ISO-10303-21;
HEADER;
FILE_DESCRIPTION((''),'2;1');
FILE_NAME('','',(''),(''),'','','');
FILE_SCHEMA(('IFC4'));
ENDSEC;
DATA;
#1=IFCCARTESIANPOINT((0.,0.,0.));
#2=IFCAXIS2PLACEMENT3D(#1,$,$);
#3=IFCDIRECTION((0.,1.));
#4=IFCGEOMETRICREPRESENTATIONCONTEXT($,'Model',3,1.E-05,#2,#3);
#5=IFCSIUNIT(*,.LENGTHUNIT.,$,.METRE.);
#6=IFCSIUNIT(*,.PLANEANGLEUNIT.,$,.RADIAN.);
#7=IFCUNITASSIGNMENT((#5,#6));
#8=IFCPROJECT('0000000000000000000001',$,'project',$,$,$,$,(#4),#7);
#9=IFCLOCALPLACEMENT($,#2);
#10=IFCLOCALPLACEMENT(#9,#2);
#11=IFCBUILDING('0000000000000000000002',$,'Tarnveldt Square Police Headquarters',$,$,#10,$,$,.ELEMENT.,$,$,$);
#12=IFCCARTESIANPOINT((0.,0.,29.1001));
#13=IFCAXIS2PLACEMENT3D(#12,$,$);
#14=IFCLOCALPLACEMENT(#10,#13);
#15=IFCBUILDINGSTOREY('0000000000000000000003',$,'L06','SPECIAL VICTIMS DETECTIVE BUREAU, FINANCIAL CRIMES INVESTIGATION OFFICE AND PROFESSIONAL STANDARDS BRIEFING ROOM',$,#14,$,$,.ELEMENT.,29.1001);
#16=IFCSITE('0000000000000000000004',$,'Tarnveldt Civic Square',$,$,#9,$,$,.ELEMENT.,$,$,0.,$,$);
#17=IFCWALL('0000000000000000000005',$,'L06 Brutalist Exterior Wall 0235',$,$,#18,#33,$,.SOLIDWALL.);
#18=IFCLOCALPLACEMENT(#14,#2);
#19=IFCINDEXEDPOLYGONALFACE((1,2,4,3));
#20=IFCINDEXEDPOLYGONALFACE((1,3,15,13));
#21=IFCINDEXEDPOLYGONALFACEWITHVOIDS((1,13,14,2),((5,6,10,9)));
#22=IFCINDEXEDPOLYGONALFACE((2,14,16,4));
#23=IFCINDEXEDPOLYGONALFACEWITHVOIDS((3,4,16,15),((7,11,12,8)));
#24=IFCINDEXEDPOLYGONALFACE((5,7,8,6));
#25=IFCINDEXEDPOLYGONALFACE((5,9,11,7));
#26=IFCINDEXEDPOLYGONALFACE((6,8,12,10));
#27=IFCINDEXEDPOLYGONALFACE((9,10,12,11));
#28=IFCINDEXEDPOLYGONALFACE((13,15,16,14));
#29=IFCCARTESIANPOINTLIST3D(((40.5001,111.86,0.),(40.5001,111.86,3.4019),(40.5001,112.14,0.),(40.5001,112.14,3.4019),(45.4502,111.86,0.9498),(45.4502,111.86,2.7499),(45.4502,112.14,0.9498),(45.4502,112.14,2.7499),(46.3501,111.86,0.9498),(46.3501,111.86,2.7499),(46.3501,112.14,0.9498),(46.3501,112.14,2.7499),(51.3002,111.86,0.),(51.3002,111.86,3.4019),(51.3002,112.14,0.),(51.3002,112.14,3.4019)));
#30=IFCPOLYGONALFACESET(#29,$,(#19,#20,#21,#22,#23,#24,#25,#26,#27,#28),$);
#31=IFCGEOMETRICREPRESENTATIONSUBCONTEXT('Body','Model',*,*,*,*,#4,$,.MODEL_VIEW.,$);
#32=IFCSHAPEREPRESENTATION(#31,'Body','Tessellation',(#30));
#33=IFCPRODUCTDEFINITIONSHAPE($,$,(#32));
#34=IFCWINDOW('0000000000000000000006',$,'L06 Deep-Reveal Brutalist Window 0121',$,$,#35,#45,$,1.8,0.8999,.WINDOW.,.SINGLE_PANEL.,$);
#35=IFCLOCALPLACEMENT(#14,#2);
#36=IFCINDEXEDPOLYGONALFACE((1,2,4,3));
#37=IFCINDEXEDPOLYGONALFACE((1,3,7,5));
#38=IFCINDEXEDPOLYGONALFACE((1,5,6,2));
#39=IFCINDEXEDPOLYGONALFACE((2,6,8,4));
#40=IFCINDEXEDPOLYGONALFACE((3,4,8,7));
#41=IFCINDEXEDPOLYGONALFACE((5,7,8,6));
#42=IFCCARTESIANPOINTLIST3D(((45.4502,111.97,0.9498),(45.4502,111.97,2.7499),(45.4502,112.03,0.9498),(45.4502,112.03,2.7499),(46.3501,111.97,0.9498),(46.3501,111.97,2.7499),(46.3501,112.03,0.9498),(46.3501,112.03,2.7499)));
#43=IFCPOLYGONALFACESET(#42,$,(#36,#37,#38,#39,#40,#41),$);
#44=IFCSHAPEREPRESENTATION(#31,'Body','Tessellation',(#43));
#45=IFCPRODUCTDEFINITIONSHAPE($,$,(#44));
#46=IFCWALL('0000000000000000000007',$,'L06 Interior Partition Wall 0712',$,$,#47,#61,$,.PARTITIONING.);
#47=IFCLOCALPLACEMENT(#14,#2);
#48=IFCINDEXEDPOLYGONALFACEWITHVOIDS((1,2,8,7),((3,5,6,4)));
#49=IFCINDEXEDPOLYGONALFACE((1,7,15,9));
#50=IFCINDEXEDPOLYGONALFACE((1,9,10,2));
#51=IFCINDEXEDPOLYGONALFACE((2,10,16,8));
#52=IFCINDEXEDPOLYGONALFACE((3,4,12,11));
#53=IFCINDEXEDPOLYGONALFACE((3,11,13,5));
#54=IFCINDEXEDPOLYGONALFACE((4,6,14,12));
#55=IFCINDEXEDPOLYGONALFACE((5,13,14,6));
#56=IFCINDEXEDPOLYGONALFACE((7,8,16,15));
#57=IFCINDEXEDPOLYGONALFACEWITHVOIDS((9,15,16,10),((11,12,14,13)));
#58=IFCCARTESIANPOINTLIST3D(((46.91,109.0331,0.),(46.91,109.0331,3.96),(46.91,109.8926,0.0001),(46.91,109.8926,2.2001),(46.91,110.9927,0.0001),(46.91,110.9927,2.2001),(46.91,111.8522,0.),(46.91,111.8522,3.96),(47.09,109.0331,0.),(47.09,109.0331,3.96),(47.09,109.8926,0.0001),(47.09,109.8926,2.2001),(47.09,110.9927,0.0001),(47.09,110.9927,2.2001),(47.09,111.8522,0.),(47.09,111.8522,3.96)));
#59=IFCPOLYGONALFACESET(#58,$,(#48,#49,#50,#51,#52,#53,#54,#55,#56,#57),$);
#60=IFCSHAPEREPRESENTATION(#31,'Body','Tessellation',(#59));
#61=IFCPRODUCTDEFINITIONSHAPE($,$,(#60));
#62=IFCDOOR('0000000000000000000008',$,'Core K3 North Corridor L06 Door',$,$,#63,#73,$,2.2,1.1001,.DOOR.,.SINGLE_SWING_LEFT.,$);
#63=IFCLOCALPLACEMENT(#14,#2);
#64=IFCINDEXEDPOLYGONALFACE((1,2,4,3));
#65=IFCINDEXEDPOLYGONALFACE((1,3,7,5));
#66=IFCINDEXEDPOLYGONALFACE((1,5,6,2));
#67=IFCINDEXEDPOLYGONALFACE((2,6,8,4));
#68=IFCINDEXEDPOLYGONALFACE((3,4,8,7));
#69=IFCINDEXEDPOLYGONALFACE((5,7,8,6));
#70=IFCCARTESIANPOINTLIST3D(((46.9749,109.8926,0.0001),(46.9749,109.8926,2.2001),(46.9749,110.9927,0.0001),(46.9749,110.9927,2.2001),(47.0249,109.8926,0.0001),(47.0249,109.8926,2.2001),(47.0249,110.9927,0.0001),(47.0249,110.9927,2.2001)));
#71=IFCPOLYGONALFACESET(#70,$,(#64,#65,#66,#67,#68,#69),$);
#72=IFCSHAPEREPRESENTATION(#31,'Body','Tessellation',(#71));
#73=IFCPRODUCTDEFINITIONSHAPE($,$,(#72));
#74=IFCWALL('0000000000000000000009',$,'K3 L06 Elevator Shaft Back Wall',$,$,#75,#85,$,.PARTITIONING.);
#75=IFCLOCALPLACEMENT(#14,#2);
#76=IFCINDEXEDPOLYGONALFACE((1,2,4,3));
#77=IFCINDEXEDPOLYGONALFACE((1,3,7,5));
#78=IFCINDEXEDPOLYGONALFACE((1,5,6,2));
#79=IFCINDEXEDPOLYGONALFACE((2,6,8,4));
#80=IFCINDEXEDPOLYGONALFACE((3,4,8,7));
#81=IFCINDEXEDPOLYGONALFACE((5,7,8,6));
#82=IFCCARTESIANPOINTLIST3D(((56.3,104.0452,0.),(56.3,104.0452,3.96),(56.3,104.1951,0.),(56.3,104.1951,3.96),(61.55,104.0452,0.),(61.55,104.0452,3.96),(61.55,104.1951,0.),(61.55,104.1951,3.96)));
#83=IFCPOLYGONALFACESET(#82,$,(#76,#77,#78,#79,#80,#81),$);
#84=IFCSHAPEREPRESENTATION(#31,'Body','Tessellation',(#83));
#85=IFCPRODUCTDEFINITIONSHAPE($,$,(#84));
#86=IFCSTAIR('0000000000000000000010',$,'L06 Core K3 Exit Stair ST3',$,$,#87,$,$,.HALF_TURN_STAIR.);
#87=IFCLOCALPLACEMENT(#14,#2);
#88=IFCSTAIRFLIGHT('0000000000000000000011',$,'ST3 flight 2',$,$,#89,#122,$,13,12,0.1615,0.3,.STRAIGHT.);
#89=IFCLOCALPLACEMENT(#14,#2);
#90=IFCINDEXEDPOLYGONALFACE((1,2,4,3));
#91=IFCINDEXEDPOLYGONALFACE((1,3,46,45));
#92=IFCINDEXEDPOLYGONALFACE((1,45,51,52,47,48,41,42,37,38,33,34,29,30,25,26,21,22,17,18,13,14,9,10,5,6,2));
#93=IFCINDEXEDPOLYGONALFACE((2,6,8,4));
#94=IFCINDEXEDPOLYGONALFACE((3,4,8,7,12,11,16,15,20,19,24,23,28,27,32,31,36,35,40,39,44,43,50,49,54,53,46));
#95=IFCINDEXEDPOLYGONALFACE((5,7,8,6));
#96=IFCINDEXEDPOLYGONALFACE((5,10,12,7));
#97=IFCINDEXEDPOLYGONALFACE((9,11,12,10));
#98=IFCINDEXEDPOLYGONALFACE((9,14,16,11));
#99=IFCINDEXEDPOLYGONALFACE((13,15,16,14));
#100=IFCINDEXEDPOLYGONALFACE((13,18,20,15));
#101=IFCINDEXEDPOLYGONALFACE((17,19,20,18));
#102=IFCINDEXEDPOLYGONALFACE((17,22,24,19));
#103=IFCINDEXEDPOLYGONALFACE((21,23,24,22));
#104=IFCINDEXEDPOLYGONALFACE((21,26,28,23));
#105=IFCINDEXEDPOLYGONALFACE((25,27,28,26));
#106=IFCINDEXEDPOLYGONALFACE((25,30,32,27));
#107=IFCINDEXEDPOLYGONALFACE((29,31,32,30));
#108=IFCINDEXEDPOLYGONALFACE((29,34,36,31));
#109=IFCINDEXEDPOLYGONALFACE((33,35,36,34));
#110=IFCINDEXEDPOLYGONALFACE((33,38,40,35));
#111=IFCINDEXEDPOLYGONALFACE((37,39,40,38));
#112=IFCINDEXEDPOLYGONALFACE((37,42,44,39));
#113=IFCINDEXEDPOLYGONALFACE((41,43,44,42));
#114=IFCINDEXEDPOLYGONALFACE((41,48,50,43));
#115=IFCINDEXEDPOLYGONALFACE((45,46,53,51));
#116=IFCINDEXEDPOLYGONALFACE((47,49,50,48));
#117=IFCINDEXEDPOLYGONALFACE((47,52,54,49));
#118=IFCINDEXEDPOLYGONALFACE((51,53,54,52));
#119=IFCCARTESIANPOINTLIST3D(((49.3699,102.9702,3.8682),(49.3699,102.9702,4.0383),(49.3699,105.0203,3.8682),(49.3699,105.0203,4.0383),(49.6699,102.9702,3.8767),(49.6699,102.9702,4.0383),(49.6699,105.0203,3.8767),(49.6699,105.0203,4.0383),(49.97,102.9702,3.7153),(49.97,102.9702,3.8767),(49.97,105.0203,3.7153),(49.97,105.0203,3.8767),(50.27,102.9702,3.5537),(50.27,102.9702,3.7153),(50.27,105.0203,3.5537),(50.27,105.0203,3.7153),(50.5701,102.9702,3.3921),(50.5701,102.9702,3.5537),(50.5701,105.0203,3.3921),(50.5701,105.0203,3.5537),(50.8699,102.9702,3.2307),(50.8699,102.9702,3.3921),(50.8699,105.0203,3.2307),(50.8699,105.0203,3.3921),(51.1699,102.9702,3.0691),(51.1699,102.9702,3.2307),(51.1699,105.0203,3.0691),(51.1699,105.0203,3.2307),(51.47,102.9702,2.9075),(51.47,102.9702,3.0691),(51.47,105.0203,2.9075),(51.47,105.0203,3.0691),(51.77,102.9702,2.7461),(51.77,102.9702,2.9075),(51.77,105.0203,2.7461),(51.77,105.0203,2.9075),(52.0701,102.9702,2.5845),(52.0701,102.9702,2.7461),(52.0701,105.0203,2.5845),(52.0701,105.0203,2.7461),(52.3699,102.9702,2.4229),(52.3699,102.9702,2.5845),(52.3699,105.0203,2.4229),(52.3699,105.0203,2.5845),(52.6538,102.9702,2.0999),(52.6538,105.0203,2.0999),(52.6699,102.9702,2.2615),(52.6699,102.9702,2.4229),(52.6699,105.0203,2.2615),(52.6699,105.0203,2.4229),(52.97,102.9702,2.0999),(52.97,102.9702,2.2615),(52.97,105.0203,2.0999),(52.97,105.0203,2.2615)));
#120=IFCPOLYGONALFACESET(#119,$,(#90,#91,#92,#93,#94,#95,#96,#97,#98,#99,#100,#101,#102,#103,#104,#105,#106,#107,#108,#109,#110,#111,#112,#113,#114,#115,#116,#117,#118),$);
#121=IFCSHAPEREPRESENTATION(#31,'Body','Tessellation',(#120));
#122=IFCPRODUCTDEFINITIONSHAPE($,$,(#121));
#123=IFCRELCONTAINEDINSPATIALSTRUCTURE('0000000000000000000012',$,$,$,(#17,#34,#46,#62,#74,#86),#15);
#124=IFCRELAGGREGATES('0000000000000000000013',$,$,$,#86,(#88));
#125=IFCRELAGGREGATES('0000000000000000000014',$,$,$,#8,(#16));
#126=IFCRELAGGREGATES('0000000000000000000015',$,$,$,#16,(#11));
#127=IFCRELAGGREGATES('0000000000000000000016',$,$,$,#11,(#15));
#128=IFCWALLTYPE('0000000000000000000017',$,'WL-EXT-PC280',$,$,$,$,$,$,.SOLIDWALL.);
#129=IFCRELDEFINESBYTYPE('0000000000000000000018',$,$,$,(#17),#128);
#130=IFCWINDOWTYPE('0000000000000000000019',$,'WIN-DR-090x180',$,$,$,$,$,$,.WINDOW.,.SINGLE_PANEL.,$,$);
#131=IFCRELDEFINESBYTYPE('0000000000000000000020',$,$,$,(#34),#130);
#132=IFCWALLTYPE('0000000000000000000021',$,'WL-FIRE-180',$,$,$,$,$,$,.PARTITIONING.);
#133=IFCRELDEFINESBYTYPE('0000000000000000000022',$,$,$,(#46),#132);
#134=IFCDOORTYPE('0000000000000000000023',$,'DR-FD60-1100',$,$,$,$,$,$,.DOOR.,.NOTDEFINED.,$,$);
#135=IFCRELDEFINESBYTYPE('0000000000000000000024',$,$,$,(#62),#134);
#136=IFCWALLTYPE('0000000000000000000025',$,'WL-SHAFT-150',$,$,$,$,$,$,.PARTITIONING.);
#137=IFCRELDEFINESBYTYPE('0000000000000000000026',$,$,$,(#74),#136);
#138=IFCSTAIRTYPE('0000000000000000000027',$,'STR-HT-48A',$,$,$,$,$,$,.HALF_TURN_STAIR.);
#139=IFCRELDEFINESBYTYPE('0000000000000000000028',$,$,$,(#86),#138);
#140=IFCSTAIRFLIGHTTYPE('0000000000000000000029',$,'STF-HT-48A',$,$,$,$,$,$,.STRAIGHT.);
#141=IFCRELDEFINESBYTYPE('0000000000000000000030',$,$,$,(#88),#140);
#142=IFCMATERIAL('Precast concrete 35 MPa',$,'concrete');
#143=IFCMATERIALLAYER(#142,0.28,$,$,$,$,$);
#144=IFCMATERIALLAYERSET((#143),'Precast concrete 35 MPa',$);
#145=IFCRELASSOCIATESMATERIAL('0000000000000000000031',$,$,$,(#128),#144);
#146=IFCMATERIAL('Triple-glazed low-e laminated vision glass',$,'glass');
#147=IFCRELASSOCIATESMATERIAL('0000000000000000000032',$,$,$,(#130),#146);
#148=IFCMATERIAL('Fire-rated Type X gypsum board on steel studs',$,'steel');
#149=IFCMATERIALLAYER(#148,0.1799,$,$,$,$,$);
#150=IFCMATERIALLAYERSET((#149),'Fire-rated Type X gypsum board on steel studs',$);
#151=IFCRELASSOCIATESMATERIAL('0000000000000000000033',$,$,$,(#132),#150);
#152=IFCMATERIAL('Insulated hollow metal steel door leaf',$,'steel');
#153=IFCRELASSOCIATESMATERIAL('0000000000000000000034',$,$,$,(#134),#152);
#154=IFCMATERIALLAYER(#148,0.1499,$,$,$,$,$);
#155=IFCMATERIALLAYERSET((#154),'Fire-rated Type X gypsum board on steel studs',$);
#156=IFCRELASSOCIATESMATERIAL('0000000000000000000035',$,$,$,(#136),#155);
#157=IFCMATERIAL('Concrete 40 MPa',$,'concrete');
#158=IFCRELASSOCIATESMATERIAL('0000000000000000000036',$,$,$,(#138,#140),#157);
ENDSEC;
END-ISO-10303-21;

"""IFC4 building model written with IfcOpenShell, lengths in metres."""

from ifc_helpers import new_model, si_unit, direction, frame, frame_2d, origin, place, context, subcontext, project, spatial, polyline, rectangle, outline, extrude, material, layer, layer_set, type_object, element, fill, aggregate, save


model = new_model("IFC4")

# Units and contexts
model_context = context("Model", 3, precision=1e-05, world=origin(), true_north=direction((0.0, 1.0)))
body_context = subcontext(model_context, "Body", "Model", "MODEL_VIEW")
ifc_project = project(units=[si_unit("LENGTHUNIT", "METRE"), si_unit("PLANEANGLEUNIT", "RADIAN")], contexts=[model_context])

# Site, building, storey
site_placement = place(None, origin())
site = spatial("IfcSite", under=ifc_project, at=site_placement, Name="Tarnveldt Civic Square", CompositionType="ELEMENT", RefElevation=0.0)
building_placement = place(site_placement, origin())
building = spatial("IfcBuilding", under=site, at=building_placement, Name="Tarnveldt Square Police Headquarters", CompositionType="ELEMENT")
storey_placement = place(building_placement, frame((0.0, 0.0, 29.1001)))
storey = spatial("IfcBuildingStorey", under=building, at=storey_placement, Name="L06", Description="SPECIAL VICTIMS DETECTIVE BUREAU, FINANCIAL CRIMES INVESTIGATION OFFICE AND PROFESSIONAL STANDARDS BRIEFING ROOM", CompositionType="ELEMENT", Elevation=29.1001)

# Shared definitions
ifc_material_1 = material(Name="Concrete 40 MPa", Category="concrete")

# Wall, opening, window
ifc_material_2 = material(Name="Precast concrete 35 MPa", Category="concrete")
ifc_material_3 = material(Name="Triple-glazed low-e laminated vision glass", Category="glass")
ifc_layer_1 = layer(ifc_material_2, 0.28)
ifc_layer_set_1 = layer_set([ifc_layer_1], Name="Precast concrete 35 MPa")
wall_type_1 = type_object("IfcWallType", Name="WL-EXT-PC280", PredefinedType="SOLIDWALL", material=ifc_layer_set_1)
wall_1_placement = place(storey_placement, frame((51.3, 112.0, 0.0), z_axis=(0.0, 0.0, 1.0), x_axis=(-1.0, 0.0, 0.0)))
wall_1 = element("IfcWall", 1, at=wall_1_placement, inside=storey, type_object=wall_type_1, Name="L06 Brutalist Exterior Wall 0235", PredefinedType="SOLIDWALL", context=body_context, shape_type="SweptSolid", body=[
    extrude(rectangle(XDim=10.8, YDim=0.28, at=frame_2d((5.3999, 0.0))), origin(), (0.0, 0.0, 1.0), 3.4019),
])
opening_1_placement = place(wall_1_placement, frame((4.95, 0.0, 0.95)))
opening_1 = element("IfcOpeningElement", 2, at=opening_1_placement, cuts=wall_1, PredefinedType="OPENING", context=body_context, shape_type="SweptSolid", body=[
    extrude(rectangle(XDim=0.8999, YDim=1.8, at=frame_2d((0.45, 0.8999))), frame((0.0, 0.1499, 0.0), z_axis=(0.0, -1.0, 0.0), x_axis=(1.0, 0.0, 0.0)), (0.0, 0.0, 1.0), 0.3),
])
window_type_1 = type_object("IfcWindowType", Name="WIN-DR-090x180", PartitioningType="SINGLE_PANEL", PredefinedType="WINDOW", material=ifc_material_3)
window_1_placement = place(opening_1_placement, origin())
window_1 = element("IfcWindow", 3, at=window_1_placement, inside=storey, type_object=window_type_1, Name="L06 Deep-Reveal Brutalist Window 0121", OverallHeight=1.8, OverallWidth=0.8999, PartitioningType="SINGLE_PANEL", PredefinedType="WINDOW", context=body_context, shape_type="SweptSolid", body=[
    extrude(rectangle(XDim=0.8999, YDim=1.8, at=frame_2d((0.45, 0.8999))), frame((0.0, 0.03, 0.0), z_axis=(0.0, -1.0, 0.0), x_axis=(1.0, 0.0, 0.0)), (0.0, 0.0, 1.0), 0.0601),
])
fill(opening_1, window_1)

# Wall, opening, door
ifc_material_4 = material(Name="Fire-rated Type X gypsum board on steel studs", Category="steel")
ifc_layer_2 = layer(ifc_material_4, 0.1799)
ifc_layer_set_2 = layer_set([ifc_layer_2], Name="Fire-rated Type X gypsum board on steel studs")
wall_type_2 = type_object("IfcWallType", Name="WL-FIRE-180", PredefinedType="PARTITIONING", material=ifc_layer_set_2)
wall_2_placement = place(storey_placement, frame((47.0, 109.033, 0.0), z_axis=(0.0, 0.0, 1.0), x_axis=(0.0, 1.0, 0.0)))
wall_2 = element("IfcWall", 4, at=wall_2_placement, inside=storey, type_object=wall_type_2, Name="L06 Interior Partition Wall 0712", PredefinedType="PARTITIONING", context=body_context, shape_type="SweptSolid", body=[
    extrude(rectangle(XDim=2.8191, YDim=0.1799, at=frame_2d((1.4097, 0.0))), origin(), (0.0, 0.0, 1.0), 3.96),
])
opening_2_placement = place(wall_2_placement, frame((0.8596, 0.0, 0.0)))
opening_2 = element("IfcOpeningElement", 5, at=opening_2_placement, cuts=wall_2, PredefinedType="OPENING", context=body_context, shape_type="SweptSolid", body=[
    extrude(rectangle(XDim=1.1001, YDim=2.2, at=frame_2d((0.55, 1.1001))), frame((0.0, 0.0999, 0.0), z_axis=(0.0, -1.0, 0.0), x_axis=(1.0, 0.0, 0.0)), (0.0, 0.0, 1.0), 0.2),
])
ifc_material_5 = material(Name="Insulated hollow metal steel door leaf", Category="steel")
door_type = type_object("IfcDoorType", Name="DR-FD60-1100", OperationType="NOTDEFINED", PredefinedType="DOOR", material=ifc_material_5)
door_placement = place(opening_2_placement, frame((1.1001, 0.0, 0.0), z_axis=(0.0, 0.0, 1.0), x_axis=(-1.0, 0.0, 0.0)))
door = element("IfcDoor", 6, at=door_placement, inside=storey, type_object=door_type, Name="Core K3 North Corridor L06 Door", OperationType="SINGLE_SWING_LEFT", OverallHeight=2.2, OverallWidth=1.1001, PredefinedType="DOOR", context=body_context, shape_type="SweptSolid", body=[
    extrude(rectangle(XDim=1.1001, YDim=2.2, at=frame_2d((0.55, 1.1001))), frame((0.0, 0.0249, 0.0), z_axis=(0.0, -1.0, 0.0), x_axis=(1.0, 0.0, 0.0)), (0.0, 0.0, 1.0), 0.05),
])
fill(opening_2, door)

# Wall
ifc_layer_3 = layer(ifc_material_4, 0.1499)
ifc_layer_set_3 = layer_set([ifc_layer_3], Name="Fire-rated Type X gypsum board on steel studs")
wall_type_3 = type_object("IfcWallType", Name="WL-SHAFT-150", PredefinedType="PARTITIONING", material=ifc_layer_set_3)
wall_3_placement = place(storey_placement, frame((56.3, 104.1201, 0.0), z_axis=(0.0, 0.0, 1.0), x_axis=(1.0, 0.0, 0.0)))
element("IfcWall", 7, at=wall_3_placement, inside=storey, type_object=wall_type_3, Name="K3 L06 Elevator Shaft Back Wall", PredefinedType="PARTITIONING", context=body_context, shape_type="SweptSolid", body=[
    extrude(rectangle(XDim=5.25, YDim=0.1499, at=frame_2d((2.625, 0.0))), origin(), (0.0, 0.0, 1.0), 3.96),
])

# Stair, stair flight
stair_type = type_object("IfcStairType", Name="STR-HT-48A", PredefinedType="HALF_TURN_STAIR", material=ifc_material_1)
stair_placement = place(storey_placement, origin())
stair = element("IfcStair", 8, at=stair_placement, inside=storey, type_object=stair_type, Name="L06 Core K3 Exit Stair ST3", PredefinedType="HALF_TURN_STAIR")
stair_flight_type = type_object("IfcStairFlightType", Name="STF-HT-48A", PredefinedType="STRAIGHT", material=ifc_material_1)
stair_flight_placement = place(storey_placement, frame((52.97, 103.9951, 2.0999), z_axis=(0.0, 0.0, 1.0), x_axis=(-1.0, 0.0, 0.0)))
stair_flight = element("IfcStairFlight", 9, at=stair_flight_placement, type_object=stair_flight_type, Name="ST3 flight 2", NumberOfRisers=13, NumberOfTreads=12, PredefinedType="STRAIGHT", RiserHeight=0.1615, TreadLength=0.3, context=body_context, shape_type="SweptSolid", body=[
    extrude(outline(polyline([(0.0, 0.0), (0.0, 0.1616), (0.3, 0.1616), (0.3, 0.323), (0.6001, 0.323), (0.6001, 0.4846), (0.8999, 0.4846), (0.8999, 0.6462), (1.2, 0.6462), (1.2, 0.8076), (1.5, 0.8076), (1.5, 0.9692), (1.8, 0.9692), (1.8, 1.1309), (2.1001, 1.1309), (2.1001, 1.2922), (2.3999, 1.2922), (2.3999, 1.4539), (2.7, 1.4539), (2.7, 1.6155), (3.0, 1.6155), (3.0, 1.7769), (3.3, 1.7769), (3.3, 1.9385), (3.6001, 1.9385), (3.6001, 2.1001), (3.6001, 1.7683), (0.3162, 0.0), (0.0, 0.0)])), frame((0.0, 1.0249, 0.0), z_axis=(0.0, -1.0, 0.0), x_axis=(1.0, 0.0, 0.0)), (0.0, 0.0, 1.0), 2.05),
])
aggregate(stair, [stair_flight])

save(model, "model.ifc")
